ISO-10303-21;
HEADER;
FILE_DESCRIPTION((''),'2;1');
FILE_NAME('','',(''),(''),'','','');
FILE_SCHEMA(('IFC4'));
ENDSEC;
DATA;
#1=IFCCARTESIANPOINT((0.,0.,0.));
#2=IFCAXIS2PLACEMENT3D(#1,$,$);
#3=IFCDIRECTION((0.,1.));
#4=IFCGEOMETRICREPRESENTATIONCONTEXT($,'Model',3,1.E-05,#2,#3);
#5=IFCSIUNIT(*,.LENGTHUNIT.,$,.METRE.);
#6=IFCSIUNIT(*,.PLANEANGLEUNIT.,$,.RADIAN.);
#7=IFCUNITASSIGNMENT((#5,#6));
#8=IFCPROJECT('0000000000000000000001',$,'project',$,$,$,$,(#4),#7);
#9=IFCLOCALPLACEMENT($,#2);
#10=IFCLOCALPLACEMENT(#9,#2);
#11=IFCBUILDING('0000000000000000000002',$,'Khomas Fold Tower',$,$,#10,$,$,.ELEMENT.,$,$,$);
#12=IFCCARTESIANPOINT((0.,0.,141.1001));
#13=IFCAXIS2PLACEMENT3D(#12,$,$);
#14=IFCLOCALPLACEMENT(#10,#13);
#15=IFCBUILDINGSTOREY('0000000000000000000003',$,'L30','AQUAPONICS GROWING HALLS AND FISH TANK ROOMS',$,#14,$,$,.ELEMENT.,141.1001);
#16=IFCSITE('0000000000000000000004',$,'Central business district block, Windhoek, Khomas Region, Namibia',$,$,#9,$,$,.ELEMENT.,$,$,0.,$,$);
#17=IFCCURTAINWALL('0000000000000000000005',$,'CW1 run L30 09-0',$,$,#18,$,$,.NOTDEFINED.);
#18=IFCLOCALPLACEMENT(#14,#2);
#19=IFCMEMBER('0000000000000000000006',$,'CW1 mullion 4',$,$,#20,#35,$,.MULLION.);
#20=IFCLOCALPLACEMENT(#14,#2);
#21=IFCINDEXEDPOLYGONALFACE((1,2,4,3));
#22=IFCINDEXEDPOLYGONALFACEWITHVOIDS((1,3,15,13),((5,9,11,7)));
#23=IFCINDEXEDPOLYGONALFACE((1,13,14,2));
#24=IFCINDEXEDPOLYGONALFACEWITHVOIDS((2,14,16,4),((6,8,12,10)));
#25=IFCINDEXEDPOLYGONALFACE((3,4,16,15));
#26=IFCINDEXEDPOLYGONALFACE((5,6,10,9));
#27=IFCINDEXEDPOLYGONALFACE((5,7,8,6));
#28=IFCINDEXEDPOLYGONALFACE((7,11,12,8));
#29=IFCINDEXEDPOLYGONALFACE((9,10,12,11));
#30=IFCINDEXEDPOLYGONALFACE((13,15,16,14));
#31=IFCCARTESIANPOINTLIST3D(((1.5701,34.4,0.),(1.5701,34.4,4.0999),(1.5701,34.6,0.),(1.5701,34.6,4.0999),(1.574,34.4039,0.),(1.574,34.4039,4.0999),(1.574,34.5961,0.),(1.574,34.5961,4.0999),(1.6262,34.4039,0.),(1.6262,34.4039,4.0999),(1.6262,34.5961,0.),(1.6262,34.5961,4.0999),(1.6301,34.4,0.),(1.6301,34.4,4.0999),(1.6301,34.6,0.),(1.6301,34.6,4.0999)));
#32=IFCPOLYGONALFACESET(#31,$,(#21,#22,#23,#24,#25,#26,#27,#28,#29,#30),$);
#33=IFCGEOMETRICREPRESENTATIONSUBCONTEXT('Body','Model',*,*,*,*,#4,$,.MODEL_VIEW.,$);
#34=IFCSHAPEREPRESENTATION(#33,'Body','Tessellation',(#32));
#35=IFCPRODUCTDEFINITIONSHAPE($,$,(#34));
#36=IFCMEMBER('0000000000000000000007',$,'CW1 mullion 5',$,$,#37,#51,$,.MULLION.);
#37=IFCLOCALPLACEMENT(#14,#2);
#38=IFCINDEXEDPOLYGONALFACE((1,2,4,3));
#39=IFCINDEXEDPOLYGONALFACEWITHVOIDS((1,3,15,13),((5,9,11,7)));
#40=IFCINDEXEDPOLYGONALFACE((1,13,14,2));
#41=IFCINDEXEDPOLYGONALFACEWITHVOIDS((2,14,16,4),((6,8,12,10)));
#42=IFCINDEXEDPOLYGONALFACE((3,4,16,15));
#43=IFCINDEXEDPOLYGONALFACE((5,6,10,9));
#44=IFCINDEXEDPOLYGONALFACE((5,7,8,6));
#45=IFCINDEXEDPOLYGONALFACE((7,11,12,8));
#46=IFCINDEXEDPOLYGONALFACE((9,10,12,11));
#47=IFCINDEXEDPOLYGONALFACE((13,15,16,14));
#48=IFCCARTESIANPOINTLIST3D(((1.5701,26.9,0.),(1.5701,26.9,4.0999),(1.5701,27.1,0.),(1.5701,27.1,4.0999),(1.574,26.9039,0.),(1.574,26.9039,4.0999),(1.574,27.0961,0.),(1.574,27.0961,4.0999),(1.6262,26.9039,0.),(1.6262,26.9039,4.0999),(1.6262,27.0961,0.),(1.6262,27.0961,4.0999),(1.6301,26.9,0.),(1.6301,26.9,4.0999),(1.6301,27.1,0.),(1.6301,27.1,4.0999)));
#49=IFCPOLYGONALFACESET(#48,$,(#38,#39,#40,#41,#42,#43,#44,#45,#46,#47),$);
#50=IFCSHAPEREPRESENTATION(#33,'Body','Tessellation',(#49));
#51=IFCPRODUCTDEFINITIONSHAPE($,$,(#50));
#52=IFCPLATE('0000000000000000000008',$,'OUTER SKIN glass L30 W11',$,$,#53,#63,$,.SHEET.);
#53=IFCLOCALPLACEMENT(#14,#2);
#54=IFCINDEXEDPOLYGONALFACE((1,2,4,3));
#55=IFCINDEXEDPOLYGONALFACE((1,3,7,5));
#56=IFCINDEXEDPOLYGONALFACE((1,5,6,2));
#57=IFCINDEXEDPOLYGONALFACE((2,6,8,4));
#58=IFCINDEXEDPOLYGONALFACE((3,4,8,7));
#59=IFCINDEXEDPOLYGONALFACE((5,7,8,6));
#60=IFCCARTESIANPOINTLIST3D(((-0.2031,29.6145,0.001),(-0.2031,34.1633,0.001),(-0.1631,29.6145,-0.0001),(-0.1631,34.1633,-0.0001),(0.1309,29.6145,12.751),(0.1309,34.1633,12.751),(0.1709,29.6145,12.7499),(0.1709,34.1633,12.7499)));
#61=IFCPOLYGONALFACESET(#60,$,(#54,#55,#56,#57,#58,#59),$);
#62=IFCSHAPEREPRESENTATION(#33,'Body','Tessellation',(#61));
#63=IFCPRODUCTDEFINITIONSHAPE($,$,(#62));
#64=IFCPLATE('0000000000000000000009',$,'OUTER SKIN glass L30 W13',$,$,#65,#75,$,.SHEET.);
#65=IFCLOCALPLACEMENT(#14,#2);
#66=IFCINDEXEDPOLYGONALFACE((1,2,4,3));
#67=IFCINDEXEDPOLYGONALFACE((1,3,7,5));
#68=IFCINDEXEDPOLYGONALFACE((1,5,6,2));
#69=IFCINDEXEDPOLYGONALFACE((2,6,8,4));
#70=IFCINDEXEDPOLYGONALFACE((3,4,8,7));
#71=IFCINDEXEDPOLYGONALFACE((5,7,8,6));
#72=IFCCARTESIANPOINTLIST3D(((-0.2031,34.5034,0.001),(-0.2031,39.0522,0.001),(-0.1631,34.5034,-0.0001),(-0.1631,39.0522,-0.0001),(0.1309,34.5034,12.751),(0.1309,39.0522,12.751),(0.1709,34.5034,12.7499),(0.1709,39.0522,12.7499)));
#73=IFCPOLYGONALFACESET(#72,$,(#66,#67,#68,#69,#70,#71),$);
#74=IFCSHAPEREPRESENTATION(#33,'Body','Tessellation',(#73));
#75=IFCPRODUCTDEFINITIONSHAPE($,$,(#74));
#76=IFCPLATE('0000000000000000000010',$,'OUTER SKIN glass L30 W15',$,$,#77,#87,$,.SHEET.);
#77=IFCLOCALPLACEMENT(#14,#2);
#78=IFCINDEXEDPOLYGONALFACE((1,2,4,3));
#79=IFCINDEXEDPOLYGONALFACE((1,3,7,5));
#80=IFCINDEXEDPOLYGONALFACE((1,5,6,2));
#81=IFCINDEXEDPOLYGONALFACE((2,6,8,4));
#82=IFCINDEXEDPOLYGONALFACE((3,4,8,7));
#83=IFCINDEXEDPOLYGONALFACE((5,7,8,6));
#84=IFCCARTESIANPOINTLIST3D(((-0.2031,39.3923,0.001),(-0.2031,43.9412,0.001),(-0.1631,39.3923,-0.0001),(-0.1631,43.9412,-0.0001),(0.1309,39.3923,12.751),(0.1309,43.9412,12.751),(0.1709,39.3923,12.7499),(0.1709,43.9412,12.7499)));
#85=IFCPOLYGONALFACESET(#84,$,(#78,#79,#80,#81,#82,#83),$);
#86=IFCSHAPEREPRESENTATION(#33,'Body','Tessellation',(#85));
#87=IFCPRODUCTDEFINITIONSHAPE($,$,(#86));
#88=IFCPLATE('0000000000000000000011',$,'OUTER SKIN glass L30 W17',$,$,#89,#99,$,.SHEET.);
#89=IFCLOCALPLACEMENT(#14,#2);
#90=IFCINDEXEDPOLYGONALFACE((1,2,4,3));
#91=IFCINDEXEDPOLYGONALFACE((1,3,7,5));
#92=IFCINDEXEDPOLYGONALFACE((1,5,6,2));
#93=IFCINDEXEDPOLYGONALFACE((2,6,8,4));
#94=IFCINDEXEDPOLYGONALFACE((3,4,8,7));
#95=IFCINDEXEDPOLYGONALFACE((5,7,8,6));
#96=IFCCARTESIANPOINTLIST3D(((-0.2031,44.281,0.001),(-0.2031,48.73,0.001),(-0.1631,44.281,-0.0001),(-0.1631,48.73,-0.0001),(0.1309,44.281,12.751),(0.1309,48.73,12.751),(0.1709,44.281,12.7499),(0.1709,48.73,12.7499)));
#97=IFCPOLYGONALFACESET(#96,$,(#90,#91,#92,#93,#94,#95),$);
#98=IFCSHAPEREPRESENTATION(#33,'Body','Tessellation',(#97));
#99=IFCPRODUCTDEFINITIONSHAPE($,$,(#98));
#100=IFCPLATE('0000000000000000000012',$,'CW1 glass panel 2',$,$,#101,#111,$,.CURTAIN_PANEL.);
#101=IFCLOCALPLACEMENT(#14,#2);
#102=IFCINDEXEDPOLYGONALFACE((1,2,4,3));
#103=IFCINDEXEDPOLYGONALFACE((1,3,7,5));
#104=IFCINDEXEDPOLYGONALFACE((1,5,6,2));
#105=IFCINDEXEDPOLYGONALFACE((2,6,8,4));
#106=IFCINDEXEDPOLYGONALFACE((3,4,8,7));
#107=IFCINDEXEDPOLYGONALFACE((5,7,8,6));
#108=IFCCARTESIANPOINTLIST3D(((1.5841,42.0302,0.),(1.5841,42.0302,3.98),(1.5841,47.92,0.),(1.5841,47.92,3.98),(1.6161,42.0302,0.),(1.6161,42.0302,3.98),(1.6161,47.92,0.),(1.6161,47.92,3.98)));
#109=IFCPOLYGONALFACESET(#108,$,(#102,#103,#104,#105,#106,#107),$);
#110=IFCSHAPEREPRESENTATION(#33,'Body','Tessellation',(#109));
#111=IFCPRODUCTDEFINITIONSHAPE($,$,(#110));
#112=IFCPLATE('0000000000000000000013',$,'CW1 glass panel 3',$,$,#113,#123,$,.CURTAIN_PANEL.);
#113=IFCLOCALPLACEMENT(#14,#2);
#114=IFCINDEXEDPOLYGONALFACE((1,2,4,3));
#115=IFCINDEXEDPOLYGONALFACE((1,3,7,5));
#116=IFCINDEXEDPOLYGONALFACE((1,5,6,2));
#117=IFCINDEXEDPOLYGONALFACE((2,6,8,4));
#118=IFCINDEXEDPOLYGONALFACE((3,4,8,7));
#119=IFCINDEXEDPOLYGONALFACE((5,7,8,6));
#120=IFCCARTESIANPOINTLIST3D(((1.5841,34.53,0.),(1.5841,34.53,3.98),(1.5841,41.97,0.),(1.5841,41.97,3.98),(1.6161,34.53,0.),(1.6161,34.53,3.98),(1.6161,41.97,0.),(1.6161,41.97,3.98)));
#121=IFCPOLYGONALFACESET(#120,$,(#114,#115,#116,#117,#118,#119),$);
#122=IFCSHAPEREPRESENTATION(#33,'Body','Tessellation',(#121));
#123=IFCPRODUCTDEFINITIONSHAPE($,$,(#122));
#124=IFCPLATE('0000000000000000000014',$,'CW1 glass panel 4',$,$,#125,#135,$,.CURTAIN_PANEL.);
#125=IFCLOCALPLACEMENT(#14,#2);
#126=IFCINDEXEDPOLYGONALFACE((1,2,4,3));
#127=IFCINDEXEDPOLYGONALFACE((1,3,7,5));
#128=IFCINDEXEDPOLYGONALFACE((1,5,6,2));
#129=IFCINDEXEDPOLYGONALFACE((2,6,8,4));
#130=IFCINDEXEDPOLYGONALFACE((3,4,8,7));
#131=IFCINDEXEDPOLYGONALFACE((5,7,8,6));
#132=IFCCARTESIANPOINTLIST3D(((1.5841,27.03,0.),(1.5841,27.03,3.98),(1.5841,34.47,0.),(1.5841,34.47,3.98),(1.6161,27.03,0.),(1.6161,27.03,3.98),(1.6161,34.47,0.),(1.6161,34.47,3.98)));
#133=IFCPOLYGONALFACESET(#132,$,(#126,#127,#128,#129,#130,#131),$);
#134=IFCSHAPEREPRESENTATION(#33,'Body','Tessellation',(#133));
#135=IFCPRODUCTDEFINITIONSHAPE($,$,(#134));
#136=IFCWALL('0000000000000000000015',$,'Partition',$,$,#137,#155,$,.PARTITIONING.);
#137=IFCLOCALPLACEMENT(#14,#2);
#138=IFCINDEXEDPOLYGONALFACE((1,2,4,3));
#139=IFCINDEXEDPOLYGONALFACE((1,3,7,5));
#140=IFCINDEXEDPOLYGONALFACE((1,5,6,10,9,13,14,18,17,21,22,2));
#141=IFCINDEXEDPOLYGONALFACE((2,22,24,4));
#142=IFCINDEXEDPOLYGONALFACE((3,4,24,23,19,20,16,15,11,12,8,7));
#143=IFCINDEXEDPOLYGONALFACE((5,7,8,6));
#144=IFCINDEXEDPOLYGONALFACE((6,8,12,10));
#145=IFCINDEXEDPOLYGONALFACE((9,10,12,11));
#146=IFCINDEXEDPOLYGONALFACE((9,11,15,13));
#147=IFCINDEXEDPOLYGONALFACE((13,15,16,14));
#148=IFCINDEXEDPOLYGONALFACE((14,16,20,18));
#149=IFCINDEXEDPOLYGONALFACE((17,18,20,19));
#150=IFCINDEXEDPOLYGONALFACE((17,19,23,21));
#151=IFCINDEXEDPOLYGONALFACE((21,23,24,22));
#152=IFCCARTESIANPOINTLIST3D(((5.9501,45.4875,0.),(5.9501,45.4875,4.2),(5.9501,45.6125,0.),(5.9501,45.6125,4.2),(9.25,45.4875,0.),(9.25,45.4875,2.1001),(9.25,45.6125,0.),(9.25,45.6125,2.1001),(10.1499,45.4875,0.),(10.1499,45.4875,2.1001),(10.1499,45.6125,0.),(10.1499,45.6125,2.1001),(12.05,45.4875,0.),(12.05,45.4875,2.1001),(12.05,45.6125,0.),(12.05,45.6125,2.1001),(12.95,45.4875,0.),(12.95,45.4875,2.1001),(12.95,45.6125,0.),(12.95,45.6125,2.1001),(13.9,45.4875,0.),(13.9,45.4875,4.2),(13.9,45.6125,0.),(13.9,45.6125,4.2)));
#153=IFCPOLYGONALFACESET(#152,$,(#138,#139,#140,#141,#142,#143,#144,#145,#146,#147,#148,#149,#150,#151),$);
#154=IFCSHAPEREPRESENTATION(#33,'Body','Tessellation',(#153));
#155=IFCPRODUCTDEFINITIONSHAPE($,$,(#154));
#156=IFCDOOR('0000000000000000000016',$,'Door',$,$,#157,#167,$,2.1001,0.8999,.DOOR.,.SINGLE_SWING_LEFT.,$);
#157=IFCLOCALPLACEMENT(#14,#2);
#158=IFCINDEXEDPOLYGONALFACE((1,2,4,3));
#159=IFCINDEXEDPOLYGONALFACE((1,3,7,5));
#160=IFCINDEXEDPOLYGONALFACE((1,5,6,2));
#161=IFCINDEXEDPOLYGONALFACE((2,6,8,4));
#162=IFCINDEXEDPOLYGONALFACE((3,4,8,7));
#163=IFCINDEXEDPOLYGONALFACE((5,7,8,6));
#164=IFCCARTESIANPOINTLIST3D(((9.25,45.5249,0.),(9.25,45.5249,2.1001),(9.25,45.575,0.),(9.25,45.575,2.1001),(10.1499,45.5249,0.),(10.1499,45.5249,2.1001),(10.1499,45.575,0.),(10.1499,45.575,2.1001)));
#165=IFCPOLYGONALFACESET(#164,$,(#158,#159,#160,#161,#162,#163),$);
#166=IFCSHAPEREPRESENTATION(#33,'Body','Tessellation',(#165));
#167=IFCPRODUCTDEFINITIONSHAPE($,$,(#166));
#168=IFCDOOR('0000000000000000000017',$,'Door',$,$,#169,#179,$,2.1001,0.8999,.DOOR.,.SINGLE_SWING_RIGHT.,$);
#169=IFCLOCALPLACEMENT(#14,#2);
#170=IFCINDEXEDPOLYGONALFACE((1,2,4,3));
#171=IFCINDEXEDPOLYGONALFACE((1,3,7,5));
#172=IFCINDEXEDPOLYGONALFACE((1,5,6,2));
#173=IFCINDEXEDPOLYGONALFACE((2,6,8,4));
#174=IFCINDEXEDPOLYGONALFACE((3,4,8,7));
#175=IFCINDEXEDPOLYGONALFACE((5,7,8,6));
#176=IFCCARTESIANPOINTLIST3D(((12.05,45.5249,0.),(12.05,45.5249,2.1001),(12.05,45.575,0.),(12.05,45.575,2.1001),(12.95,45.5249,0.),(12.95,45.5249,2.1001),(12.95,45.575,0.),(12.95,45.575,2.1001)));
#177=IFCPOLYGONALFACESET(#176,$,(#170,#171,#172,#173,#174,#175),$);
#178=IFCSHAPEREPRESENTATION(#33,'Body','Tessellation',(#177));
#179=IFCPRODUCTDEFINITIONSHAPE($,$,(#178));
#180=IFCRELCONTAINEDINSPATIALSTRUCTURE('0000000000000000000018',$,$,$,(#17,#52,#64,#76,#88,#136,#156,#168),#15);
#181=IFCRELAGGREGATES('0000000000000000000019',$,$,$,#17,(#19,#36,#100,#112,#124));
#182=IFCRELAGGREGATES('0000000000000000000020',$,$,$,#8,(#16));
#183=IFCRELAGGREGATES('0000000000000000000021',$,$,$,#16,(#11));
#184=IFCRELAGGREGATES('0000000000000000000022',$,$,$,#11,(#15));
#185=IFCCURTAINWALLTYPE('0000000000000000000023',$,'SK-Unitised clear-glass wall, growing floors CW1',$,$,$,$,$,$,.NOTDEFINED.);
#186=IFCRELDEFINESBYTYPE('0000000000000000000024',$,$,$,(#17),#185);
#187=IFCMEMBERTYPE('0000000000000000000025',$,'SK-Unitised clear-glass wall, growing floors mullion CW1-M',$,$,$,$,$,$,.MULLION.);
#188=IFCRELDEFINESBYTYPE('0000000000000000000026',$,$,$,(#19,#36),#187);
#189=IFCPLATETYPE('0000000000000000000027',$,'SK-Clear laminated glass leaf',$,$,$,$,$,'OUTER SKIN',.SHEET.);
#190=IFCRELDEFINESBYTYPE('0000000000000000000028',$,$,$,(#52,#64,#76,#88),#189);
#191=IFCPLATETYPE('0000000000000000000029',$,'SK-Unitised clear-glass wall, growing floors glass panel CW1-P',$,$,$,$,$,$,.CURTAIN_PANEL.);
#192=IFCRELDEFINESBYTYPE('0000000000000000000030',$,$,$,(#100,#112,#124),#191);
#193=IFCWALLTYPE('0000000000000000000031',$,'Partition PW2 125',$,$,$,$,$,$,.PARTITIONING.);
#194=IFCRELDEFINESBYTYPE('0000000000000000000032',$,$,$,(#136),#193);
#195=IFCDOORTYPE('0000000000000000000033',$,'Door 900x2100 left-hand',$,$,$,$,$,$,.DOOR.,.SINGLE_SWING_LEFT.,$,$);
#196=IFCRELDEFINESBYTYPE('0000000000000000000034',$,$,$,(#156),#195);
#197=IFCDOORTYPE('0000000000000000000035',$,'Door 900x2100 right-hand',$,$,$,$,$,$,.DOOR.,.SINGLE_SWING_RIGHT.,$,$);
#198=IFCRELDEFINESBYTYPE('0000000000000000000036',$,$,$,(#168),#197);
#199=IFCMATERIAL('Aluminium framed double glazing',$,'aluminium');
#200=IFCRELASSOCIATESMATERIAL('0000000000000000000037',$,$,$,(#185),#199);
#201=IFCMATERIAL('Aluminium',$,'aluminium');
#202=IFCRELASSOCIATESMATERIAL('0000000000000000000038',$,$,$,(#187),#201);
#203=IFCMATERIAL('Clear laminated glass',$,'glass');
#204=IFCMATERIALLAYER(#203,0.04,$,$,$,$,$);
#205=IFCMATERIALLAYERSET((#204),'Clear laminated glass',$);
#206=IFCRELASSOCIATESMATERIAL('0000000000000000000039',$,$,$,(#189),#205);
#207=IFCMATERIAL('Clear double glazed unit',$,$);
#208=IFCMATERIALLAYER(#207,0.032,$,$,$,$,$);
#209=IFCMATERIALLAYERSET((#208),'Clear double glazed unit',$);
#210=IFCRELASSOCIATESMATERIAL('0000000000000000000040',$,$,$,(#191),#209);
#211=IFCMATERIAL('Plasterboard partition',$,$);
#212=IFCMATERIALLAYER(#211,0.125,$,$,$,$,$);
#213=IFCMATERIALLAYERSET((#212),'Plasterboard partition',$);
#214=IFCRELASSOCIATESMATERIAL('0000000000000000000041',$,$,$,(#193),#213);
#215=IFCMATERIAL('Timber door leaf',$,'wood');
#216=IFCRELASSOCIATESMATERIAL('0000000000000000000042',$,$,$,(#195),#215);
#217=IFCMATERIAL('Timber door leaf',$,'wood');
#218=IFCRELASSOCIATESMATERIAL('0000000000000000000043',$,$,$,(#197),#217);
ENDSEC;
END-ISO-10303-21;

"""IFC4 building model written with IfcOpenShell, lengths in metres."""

from ifc_helpers import new_model, si_unit, direction, frame, frame_2d, origin, origin_2d, place, context, subcontext, project, spatial, polyline, rectangle, hollow_rectangle, outline, extrude, source, transform, mapped, material, layer, layer_set, material_profile, profile_set, type_object, element, fill, aggregate, save


model = new_model("IFC4")

# Units and contexts
model_context = context("Model", 3, precision=1e-05, world=origin(), true_north=direction((0.0, 1.0)))
body_context = subcontext(model_context, "Body", "Model", "MODEL_VIEW")
ifc_project = project(units=[si_unit("LENGTHUNIT", "METRE"), si_unit("PLANEANGLEUNIT", "RADIAN")], contexts=[model_context])

# Site, building, storey
site_placement = place(None, origin())
site = spatial("IfcSite", under=ifc_project, at=site_placement, Name="Central business district block, Windhoek, Khomas Region, Namibia", CompositionType="ELEMENT", RefElevation=0.0)
building_placement = place(site_placement, origin())
building = spatial("IfcBuilding", under=site, at=building_placement, Name="Khomas Fold Tower", CompositionType="ELEMENT")
storey_placement = place(building_placement, frame((0.0, 0.0, 141.1001)))
storey = spatial("IfcBuildingStorey", under=building, at=storey_placement, Name="L30", Description="AQUAPONICS GROWING HALLS AND FISH TANK ROOMS", CompositionType="ELEMENT", Elevation=141.1001)

# Curtain wall, members
ifc_material_1 = material(Name="Aluminium framed double glazing", Category="aluminium")
curtain_wall_type = type_object("IfcCurtainWallType", Name="SK-Unitised clear-glass wall, growing floors CW1", PredefinedType="NOTDEFINED", material=ifc_material_1)
curtain_wall_placement = place(storey_placement, origin())
curtain_wall = element("IfcCurtainWall", 1, at=curtain_wall_placement, inside=storey, type_object=curtain_wall_type, Name="CW1 run L30 09-0", PredefinedType="NOTDEFINED")
ifc_material_2 = material(Name="Aluminium", Category="aluminium")
ifc_material_profile_1 = material_profile(ifc_material_2, hollow_rectangle(XDim=0.0601, YDim=0.2, WallThickness=0.0039, at=origin_2d()), Name="SK-Unitised clear-glass wall, growing floors mullion CW1-M")
ifc_profile_set_1 = profile_set([ifc_material_profile_1], Name="Aluminium")
member_type_1 = type_object("IfcMemberType", Name="SK-Unitised clear-glass wall, growing floors mullion CW1-M", PredefinedType="MULLION", material=ifc_profile_set_1)
shared_shape_1 = source(origin(), body_context, "Body", "SweptSolid", [
    extrude(hollow_rectangle(XDim=0.0601, YDim=0.2, WallThickness=0.0039, at=origin_2d()), origin(), (0.0, 0.0, 1.0), 4.0999),
])
member_1_placement = place(storey_placement, frame((1.6001, 34.5, 0.0), z_axis=(0.0, 0.0, 1.0), x_axis=(1.0, 0.0, 0.0)))
member_1 = element("IfcMember", 2, at=member_1_placement, type_object=member_type_1, Name="CW1 mullion 4", PredefinedType="MULLION", context=body_context, shape_type="MappedRepresentation", body=[
    mapped(shared_shape_1, transform((0.0, 0.0, 0.0))),
])
member_2_placement = place(storey_placement, frame((1.6001, 27.0, 0.0), z_axis=(0.0, 0.0, 1.0), x_axis=(1.0, 0.0, 0.0)))
member_2 = element("IfcMember", 3, at=member_2_placement, type_object=member_type_1, Name="CW1 mullion 5", PredefinedType="MULLION", context=body_context, shape_type="MappedRepresentation", body=[
    mapped(shared_shape_1, transform((0.0, 0.0, 0.0))),
])

# Plates
ifc_material_3 = material(Name="Clear laminated glass", Category="glass")
ifc_layer_1 = layer(ifc_material_3, 0.04)
ifc_layer_set_1 = layer_set([ifc_layer_1], Name="Clear laminated glass")
plate_type_1 = type_object("IfcPlateType", Name="SK-Clear laminated glass leaf", ElementType="OUTER SKIN", PredefinedType="SHEET", material=ifc_layer_set_1)
for number, where, z_axis, x_axis, name in (
    (4, (-0.2031, 29.6145, 0.001), (-0.999657, 0.0, 0.026186), (0.0, 1.0, 0.0), "OUTER SKIN glass L30 W11"),
    (5, (-0.2031, 34.5034, 0.001), (-0.999657, 0.0, 0.026186), (0.0, 1.0, 0.0), "OUTER SKIN glass L30 W13"),
    (6, (-0.2031, 39.3923, 0.001), (-0.999657, 0.0, 0.026186), (0.0, 1.0, 0.0), "OUTER SKIN glass L30 W15"),
):
    element("IfcPlate", number, at=place(storey_placement, frame(where, z_axis=z_axis, x_axis=x_axis)), inside=storey, type_object=plate_type_1, Name=name, PredefinedType="SHEET", context=body_context, shape_type="SweptSolid", body=[
        extrude(outline(polyline([(0.0, 0.0), (4.5488, 0.0), (4.5488, -12.7544), (0.0, -12.7544), (0.0, 0.0)])), origin(), (0.0, 0.0, -1.0), 0.04),
    ])
plate_1_placement = place(storey_placement, frame((-0.2031, 44.281, 0.001), z_axis=(-0.999657, 0.0, 0.026186), x_axis=(0.0, 1.0, 0.0)))
element("IfcPlate", 7, at=plate_1_placement, inside=storey, type_object=plate_type_1, Name="OUTER SKIN glass L30 W17", PredefinedType="SHEET", context=body_context, shape_type="SweptSolid", body=[
    extrude(outline(polyline([(0.0, 0.0), (4.449, 0.0), (4.449, -12.7544), (0.0, -12.7544), (0.0, 0.0)])), origin(), (0.0, 0.0, -1.0), 0.04),
])

# Plates
ifc_material_4 = material(Name="Clear double glazed unit")
ifc_layer_2 = layer(ifc_material_4, 0.032)
ifc_layer_set_2 = layer_set([ifc_layer_2], Name="Clear double glazed unit")
plate_type_2 = type_object("IfcPlateType", Name="SK-Unitised clear-glass wall, growing floors glass panel CW1-P", PredefinedType="CURTAIN_PANEL", material=ifc_layer_set_2)
shared_shape_2 = source(origin(), body_context, "Body", "SweptSolid", [
    extrude(rectangle(XDim=5.8899, YDim=0.032, at=origin_2d()), origin(), (0.0, 0.0, 1.0), 3.98),
])
plate_2_placement = place(storey_placement, frame((1.6001, 44.9751, 0.0), z_axis=(0.0, 0.0, 1.0), x_axis=(0.0, -1.0, 0.0)))
plate_2 = element("IfcPlate", 8, at=plate_2_placement, type_object=plate_type_2, Name="CW1 glass panel 2", PredefinedType="CURTAIN_PANEL", context=body_context, shape_type="MappedRepresentation", body=[
    mapped(shared_shape_2, transform((0.0, 0.0, 0.0))),
])
shared_shape_3 = source(origin(), body_context, "Body", "SweptSolid", [
    extrude(rectangle(XDim=7.4399, YDim=0.032, at=origin_2d()), origin(), (0.0, 0.0, 1.0), 3.98),
])
plate_3_placement = place(storey_placement, frame((1.6001, 38.25, 0.0), z_axis=(0.0, 0.0, 1.0), x_axis=(0.0, -1.0, 0.0)))
plate_3 = element("IfcPlate", 9, at=plate_3_placement, type_object=plate_type_2, Name="CW1 glass panel 3", PredefinedType="CURTAIN_PANEL", context=body_context, shape_type="MappedRepresentation", body=[
    mapped(shared_shape_3, transform((0.0, 0.0, 0.0))),
])
plate_4_placement = place(storey_placement, frame((1.6001, 30.75, 0.0), z_axis=(0.0, 0.0, 1.0), x_axis=(0.0, -1.0, 0.0)))
plate_4 = element("IfcPlate", 10, at=plate_4_placement, type_object=plate_type_2, Name="CW1 glass panel 4", PredefinedType="CURTAIN_PANEL", context=body_context, shape_type="MappedRepresentation", body=[
    mapped(shared_shape_3, transform((0.0, 0.0, 0.0))),
])
aggregate(curtain_wall, [member_1, member_2, plate_2, plate_3, plate_4])

# Wall, openings, doors
ifc_material_5 = material(Name="Plasterboard partition")
ifc_layer_3 = layer(ifc_material_5, 0.125)
ifc_layer_set_3 = layer_set([ifc_layer_3], Name="Plasterboard partition")
wall_type = type_object("IfcWallType", Name="Partition PW2 125", PredefinedType="PARTITIONING", material=ifc_layer_set_3)
shared_shape_4 = source(origin(), body_context, "Body", "SweptSolid", [
    extrude(rectangle(XDim=7.95, YDim=0.125, at=frame_2d((3.9751, 0.0))), origin(), (0.0, 0.0, 1.0), 4.2),
])
wall_placement = place(storey_placement, frame((5.95, 45.55, 0.0), z_axis=(0.0, 0.0, 1.0), x_axis=(1.0, 0.0, 0.0)))
wall = element("IfcWall", 11, at=wall_placement, inside=storey, type_object=wall_type, Name="Partition", PredefinedType="PARTITIONING", context=body_context, shape_type="MappedRepresentation", body=[
    mapped(shared_shape_4, transform((0.0, 0.0, 0.0))),
])
shared_shape_5 = source(origin(), body_context, "Body", "SweptSolid", [
    extrude(rectangle(XDim=0.8999, YDim=2.1001, at=frame_2d((0.45, 1.05))), frame((0.0, 0.0725, 0.0), z_axis=(0.0, -1.0, 0.0), x_axis=(1.0, 0.0, 0.0)), (0.0, 0.0, 1.0), 0.145),
])
opening_1_placement = place(wall_placement, frame((3.3, 0.0, 0.0)))
opening_1 = element("IfcOpeningElement", 12, at=opening_1_placement, cuts=wall, PredefinedType="OPENING", context=body_context, shape_type="MappedRepresentation", body=[
    mapped(shared_shape_5, transform((0.0, 0.0, 0.0))),
])
opening_2_placement = place(wall_placement, frame((6.1001, 0.0, 0.0)))
opening_2 = element("IfcOpeningElement", 13, at=opening_2_placement, cuts=wall, PredefinedType="OPENING", context=body_context, shape_type="MappedRepresentation", body=[
    mapped(shared_shape_5, transform((0.0, 0.0, 0.0))),
])
ifc_material_6 = material(Name="Timber door leaf", Category="wood")
door_type_1 = type_object("IfcDoorType", Name="Door 900x2100 left-hand", OperationType="SINGLE_SWING_LEFT", PredefinedType="DOOR", material=ifc_material_6)
shared_shape_6 = source(origin(), body_context, "Body", "SweptSolid", [
    extrude(rectangle(XDim=0.8999, YDim=2.1001, at=frame_2d((0.45, 1.05))), frame((0.0, 0.0249, 0.0), z_axis=(0.0, -1.0, 0.0), x_axis=(1.0, 0.0, 0.0)), (0.0, 0.0, 1.0), 0.05),
])
door_1_placement = place(opening_1_placement, origin())
door_1 = element("IfcDoor", 14, at=door_1_placement, inside=storey, type_object=door_type_1, Name="Door", OperationType="SINGLE_SWING_LEFT", OverallHeight=2.1001, OverallWidth=0.8999, PredefinedType="DOOR", context=body_context, shape_type="MappedRepresentation", body=[
    mapped(shared_shape_6, transform((0.0, 0.0, 0.0))),
])
fill(opening_1, door_1)
ifc_material_7 = material(Name="Timber door leaf", Category="wood")
door_type_2 = type_object("IfcDoorType", Name="Door 900x2100 right-hand", OperationType="SINGLE_SWING_RIGHT", PredefinedType="DOOR", material=ifc_material_7)
door_2_placement = place(opening_2_placement, origin())
door_2 = element("IfcDoor", 15, at=door_2_placement, inside=storey, type_object=door_type_2, Name="Door", OperationType="SINGLE_SWING_RIGHT", OverallHeight=2.1001, OverallWidth=0.8999, PredefinedType="DOOR", context=body_context, shape_type="MappedRepresentation", body=[
    mapped(shared_shape_6, transform((0.0, 0.0, 0.0))),
])
fill(opening_2, door_2)

save(model, "model.ifc")
